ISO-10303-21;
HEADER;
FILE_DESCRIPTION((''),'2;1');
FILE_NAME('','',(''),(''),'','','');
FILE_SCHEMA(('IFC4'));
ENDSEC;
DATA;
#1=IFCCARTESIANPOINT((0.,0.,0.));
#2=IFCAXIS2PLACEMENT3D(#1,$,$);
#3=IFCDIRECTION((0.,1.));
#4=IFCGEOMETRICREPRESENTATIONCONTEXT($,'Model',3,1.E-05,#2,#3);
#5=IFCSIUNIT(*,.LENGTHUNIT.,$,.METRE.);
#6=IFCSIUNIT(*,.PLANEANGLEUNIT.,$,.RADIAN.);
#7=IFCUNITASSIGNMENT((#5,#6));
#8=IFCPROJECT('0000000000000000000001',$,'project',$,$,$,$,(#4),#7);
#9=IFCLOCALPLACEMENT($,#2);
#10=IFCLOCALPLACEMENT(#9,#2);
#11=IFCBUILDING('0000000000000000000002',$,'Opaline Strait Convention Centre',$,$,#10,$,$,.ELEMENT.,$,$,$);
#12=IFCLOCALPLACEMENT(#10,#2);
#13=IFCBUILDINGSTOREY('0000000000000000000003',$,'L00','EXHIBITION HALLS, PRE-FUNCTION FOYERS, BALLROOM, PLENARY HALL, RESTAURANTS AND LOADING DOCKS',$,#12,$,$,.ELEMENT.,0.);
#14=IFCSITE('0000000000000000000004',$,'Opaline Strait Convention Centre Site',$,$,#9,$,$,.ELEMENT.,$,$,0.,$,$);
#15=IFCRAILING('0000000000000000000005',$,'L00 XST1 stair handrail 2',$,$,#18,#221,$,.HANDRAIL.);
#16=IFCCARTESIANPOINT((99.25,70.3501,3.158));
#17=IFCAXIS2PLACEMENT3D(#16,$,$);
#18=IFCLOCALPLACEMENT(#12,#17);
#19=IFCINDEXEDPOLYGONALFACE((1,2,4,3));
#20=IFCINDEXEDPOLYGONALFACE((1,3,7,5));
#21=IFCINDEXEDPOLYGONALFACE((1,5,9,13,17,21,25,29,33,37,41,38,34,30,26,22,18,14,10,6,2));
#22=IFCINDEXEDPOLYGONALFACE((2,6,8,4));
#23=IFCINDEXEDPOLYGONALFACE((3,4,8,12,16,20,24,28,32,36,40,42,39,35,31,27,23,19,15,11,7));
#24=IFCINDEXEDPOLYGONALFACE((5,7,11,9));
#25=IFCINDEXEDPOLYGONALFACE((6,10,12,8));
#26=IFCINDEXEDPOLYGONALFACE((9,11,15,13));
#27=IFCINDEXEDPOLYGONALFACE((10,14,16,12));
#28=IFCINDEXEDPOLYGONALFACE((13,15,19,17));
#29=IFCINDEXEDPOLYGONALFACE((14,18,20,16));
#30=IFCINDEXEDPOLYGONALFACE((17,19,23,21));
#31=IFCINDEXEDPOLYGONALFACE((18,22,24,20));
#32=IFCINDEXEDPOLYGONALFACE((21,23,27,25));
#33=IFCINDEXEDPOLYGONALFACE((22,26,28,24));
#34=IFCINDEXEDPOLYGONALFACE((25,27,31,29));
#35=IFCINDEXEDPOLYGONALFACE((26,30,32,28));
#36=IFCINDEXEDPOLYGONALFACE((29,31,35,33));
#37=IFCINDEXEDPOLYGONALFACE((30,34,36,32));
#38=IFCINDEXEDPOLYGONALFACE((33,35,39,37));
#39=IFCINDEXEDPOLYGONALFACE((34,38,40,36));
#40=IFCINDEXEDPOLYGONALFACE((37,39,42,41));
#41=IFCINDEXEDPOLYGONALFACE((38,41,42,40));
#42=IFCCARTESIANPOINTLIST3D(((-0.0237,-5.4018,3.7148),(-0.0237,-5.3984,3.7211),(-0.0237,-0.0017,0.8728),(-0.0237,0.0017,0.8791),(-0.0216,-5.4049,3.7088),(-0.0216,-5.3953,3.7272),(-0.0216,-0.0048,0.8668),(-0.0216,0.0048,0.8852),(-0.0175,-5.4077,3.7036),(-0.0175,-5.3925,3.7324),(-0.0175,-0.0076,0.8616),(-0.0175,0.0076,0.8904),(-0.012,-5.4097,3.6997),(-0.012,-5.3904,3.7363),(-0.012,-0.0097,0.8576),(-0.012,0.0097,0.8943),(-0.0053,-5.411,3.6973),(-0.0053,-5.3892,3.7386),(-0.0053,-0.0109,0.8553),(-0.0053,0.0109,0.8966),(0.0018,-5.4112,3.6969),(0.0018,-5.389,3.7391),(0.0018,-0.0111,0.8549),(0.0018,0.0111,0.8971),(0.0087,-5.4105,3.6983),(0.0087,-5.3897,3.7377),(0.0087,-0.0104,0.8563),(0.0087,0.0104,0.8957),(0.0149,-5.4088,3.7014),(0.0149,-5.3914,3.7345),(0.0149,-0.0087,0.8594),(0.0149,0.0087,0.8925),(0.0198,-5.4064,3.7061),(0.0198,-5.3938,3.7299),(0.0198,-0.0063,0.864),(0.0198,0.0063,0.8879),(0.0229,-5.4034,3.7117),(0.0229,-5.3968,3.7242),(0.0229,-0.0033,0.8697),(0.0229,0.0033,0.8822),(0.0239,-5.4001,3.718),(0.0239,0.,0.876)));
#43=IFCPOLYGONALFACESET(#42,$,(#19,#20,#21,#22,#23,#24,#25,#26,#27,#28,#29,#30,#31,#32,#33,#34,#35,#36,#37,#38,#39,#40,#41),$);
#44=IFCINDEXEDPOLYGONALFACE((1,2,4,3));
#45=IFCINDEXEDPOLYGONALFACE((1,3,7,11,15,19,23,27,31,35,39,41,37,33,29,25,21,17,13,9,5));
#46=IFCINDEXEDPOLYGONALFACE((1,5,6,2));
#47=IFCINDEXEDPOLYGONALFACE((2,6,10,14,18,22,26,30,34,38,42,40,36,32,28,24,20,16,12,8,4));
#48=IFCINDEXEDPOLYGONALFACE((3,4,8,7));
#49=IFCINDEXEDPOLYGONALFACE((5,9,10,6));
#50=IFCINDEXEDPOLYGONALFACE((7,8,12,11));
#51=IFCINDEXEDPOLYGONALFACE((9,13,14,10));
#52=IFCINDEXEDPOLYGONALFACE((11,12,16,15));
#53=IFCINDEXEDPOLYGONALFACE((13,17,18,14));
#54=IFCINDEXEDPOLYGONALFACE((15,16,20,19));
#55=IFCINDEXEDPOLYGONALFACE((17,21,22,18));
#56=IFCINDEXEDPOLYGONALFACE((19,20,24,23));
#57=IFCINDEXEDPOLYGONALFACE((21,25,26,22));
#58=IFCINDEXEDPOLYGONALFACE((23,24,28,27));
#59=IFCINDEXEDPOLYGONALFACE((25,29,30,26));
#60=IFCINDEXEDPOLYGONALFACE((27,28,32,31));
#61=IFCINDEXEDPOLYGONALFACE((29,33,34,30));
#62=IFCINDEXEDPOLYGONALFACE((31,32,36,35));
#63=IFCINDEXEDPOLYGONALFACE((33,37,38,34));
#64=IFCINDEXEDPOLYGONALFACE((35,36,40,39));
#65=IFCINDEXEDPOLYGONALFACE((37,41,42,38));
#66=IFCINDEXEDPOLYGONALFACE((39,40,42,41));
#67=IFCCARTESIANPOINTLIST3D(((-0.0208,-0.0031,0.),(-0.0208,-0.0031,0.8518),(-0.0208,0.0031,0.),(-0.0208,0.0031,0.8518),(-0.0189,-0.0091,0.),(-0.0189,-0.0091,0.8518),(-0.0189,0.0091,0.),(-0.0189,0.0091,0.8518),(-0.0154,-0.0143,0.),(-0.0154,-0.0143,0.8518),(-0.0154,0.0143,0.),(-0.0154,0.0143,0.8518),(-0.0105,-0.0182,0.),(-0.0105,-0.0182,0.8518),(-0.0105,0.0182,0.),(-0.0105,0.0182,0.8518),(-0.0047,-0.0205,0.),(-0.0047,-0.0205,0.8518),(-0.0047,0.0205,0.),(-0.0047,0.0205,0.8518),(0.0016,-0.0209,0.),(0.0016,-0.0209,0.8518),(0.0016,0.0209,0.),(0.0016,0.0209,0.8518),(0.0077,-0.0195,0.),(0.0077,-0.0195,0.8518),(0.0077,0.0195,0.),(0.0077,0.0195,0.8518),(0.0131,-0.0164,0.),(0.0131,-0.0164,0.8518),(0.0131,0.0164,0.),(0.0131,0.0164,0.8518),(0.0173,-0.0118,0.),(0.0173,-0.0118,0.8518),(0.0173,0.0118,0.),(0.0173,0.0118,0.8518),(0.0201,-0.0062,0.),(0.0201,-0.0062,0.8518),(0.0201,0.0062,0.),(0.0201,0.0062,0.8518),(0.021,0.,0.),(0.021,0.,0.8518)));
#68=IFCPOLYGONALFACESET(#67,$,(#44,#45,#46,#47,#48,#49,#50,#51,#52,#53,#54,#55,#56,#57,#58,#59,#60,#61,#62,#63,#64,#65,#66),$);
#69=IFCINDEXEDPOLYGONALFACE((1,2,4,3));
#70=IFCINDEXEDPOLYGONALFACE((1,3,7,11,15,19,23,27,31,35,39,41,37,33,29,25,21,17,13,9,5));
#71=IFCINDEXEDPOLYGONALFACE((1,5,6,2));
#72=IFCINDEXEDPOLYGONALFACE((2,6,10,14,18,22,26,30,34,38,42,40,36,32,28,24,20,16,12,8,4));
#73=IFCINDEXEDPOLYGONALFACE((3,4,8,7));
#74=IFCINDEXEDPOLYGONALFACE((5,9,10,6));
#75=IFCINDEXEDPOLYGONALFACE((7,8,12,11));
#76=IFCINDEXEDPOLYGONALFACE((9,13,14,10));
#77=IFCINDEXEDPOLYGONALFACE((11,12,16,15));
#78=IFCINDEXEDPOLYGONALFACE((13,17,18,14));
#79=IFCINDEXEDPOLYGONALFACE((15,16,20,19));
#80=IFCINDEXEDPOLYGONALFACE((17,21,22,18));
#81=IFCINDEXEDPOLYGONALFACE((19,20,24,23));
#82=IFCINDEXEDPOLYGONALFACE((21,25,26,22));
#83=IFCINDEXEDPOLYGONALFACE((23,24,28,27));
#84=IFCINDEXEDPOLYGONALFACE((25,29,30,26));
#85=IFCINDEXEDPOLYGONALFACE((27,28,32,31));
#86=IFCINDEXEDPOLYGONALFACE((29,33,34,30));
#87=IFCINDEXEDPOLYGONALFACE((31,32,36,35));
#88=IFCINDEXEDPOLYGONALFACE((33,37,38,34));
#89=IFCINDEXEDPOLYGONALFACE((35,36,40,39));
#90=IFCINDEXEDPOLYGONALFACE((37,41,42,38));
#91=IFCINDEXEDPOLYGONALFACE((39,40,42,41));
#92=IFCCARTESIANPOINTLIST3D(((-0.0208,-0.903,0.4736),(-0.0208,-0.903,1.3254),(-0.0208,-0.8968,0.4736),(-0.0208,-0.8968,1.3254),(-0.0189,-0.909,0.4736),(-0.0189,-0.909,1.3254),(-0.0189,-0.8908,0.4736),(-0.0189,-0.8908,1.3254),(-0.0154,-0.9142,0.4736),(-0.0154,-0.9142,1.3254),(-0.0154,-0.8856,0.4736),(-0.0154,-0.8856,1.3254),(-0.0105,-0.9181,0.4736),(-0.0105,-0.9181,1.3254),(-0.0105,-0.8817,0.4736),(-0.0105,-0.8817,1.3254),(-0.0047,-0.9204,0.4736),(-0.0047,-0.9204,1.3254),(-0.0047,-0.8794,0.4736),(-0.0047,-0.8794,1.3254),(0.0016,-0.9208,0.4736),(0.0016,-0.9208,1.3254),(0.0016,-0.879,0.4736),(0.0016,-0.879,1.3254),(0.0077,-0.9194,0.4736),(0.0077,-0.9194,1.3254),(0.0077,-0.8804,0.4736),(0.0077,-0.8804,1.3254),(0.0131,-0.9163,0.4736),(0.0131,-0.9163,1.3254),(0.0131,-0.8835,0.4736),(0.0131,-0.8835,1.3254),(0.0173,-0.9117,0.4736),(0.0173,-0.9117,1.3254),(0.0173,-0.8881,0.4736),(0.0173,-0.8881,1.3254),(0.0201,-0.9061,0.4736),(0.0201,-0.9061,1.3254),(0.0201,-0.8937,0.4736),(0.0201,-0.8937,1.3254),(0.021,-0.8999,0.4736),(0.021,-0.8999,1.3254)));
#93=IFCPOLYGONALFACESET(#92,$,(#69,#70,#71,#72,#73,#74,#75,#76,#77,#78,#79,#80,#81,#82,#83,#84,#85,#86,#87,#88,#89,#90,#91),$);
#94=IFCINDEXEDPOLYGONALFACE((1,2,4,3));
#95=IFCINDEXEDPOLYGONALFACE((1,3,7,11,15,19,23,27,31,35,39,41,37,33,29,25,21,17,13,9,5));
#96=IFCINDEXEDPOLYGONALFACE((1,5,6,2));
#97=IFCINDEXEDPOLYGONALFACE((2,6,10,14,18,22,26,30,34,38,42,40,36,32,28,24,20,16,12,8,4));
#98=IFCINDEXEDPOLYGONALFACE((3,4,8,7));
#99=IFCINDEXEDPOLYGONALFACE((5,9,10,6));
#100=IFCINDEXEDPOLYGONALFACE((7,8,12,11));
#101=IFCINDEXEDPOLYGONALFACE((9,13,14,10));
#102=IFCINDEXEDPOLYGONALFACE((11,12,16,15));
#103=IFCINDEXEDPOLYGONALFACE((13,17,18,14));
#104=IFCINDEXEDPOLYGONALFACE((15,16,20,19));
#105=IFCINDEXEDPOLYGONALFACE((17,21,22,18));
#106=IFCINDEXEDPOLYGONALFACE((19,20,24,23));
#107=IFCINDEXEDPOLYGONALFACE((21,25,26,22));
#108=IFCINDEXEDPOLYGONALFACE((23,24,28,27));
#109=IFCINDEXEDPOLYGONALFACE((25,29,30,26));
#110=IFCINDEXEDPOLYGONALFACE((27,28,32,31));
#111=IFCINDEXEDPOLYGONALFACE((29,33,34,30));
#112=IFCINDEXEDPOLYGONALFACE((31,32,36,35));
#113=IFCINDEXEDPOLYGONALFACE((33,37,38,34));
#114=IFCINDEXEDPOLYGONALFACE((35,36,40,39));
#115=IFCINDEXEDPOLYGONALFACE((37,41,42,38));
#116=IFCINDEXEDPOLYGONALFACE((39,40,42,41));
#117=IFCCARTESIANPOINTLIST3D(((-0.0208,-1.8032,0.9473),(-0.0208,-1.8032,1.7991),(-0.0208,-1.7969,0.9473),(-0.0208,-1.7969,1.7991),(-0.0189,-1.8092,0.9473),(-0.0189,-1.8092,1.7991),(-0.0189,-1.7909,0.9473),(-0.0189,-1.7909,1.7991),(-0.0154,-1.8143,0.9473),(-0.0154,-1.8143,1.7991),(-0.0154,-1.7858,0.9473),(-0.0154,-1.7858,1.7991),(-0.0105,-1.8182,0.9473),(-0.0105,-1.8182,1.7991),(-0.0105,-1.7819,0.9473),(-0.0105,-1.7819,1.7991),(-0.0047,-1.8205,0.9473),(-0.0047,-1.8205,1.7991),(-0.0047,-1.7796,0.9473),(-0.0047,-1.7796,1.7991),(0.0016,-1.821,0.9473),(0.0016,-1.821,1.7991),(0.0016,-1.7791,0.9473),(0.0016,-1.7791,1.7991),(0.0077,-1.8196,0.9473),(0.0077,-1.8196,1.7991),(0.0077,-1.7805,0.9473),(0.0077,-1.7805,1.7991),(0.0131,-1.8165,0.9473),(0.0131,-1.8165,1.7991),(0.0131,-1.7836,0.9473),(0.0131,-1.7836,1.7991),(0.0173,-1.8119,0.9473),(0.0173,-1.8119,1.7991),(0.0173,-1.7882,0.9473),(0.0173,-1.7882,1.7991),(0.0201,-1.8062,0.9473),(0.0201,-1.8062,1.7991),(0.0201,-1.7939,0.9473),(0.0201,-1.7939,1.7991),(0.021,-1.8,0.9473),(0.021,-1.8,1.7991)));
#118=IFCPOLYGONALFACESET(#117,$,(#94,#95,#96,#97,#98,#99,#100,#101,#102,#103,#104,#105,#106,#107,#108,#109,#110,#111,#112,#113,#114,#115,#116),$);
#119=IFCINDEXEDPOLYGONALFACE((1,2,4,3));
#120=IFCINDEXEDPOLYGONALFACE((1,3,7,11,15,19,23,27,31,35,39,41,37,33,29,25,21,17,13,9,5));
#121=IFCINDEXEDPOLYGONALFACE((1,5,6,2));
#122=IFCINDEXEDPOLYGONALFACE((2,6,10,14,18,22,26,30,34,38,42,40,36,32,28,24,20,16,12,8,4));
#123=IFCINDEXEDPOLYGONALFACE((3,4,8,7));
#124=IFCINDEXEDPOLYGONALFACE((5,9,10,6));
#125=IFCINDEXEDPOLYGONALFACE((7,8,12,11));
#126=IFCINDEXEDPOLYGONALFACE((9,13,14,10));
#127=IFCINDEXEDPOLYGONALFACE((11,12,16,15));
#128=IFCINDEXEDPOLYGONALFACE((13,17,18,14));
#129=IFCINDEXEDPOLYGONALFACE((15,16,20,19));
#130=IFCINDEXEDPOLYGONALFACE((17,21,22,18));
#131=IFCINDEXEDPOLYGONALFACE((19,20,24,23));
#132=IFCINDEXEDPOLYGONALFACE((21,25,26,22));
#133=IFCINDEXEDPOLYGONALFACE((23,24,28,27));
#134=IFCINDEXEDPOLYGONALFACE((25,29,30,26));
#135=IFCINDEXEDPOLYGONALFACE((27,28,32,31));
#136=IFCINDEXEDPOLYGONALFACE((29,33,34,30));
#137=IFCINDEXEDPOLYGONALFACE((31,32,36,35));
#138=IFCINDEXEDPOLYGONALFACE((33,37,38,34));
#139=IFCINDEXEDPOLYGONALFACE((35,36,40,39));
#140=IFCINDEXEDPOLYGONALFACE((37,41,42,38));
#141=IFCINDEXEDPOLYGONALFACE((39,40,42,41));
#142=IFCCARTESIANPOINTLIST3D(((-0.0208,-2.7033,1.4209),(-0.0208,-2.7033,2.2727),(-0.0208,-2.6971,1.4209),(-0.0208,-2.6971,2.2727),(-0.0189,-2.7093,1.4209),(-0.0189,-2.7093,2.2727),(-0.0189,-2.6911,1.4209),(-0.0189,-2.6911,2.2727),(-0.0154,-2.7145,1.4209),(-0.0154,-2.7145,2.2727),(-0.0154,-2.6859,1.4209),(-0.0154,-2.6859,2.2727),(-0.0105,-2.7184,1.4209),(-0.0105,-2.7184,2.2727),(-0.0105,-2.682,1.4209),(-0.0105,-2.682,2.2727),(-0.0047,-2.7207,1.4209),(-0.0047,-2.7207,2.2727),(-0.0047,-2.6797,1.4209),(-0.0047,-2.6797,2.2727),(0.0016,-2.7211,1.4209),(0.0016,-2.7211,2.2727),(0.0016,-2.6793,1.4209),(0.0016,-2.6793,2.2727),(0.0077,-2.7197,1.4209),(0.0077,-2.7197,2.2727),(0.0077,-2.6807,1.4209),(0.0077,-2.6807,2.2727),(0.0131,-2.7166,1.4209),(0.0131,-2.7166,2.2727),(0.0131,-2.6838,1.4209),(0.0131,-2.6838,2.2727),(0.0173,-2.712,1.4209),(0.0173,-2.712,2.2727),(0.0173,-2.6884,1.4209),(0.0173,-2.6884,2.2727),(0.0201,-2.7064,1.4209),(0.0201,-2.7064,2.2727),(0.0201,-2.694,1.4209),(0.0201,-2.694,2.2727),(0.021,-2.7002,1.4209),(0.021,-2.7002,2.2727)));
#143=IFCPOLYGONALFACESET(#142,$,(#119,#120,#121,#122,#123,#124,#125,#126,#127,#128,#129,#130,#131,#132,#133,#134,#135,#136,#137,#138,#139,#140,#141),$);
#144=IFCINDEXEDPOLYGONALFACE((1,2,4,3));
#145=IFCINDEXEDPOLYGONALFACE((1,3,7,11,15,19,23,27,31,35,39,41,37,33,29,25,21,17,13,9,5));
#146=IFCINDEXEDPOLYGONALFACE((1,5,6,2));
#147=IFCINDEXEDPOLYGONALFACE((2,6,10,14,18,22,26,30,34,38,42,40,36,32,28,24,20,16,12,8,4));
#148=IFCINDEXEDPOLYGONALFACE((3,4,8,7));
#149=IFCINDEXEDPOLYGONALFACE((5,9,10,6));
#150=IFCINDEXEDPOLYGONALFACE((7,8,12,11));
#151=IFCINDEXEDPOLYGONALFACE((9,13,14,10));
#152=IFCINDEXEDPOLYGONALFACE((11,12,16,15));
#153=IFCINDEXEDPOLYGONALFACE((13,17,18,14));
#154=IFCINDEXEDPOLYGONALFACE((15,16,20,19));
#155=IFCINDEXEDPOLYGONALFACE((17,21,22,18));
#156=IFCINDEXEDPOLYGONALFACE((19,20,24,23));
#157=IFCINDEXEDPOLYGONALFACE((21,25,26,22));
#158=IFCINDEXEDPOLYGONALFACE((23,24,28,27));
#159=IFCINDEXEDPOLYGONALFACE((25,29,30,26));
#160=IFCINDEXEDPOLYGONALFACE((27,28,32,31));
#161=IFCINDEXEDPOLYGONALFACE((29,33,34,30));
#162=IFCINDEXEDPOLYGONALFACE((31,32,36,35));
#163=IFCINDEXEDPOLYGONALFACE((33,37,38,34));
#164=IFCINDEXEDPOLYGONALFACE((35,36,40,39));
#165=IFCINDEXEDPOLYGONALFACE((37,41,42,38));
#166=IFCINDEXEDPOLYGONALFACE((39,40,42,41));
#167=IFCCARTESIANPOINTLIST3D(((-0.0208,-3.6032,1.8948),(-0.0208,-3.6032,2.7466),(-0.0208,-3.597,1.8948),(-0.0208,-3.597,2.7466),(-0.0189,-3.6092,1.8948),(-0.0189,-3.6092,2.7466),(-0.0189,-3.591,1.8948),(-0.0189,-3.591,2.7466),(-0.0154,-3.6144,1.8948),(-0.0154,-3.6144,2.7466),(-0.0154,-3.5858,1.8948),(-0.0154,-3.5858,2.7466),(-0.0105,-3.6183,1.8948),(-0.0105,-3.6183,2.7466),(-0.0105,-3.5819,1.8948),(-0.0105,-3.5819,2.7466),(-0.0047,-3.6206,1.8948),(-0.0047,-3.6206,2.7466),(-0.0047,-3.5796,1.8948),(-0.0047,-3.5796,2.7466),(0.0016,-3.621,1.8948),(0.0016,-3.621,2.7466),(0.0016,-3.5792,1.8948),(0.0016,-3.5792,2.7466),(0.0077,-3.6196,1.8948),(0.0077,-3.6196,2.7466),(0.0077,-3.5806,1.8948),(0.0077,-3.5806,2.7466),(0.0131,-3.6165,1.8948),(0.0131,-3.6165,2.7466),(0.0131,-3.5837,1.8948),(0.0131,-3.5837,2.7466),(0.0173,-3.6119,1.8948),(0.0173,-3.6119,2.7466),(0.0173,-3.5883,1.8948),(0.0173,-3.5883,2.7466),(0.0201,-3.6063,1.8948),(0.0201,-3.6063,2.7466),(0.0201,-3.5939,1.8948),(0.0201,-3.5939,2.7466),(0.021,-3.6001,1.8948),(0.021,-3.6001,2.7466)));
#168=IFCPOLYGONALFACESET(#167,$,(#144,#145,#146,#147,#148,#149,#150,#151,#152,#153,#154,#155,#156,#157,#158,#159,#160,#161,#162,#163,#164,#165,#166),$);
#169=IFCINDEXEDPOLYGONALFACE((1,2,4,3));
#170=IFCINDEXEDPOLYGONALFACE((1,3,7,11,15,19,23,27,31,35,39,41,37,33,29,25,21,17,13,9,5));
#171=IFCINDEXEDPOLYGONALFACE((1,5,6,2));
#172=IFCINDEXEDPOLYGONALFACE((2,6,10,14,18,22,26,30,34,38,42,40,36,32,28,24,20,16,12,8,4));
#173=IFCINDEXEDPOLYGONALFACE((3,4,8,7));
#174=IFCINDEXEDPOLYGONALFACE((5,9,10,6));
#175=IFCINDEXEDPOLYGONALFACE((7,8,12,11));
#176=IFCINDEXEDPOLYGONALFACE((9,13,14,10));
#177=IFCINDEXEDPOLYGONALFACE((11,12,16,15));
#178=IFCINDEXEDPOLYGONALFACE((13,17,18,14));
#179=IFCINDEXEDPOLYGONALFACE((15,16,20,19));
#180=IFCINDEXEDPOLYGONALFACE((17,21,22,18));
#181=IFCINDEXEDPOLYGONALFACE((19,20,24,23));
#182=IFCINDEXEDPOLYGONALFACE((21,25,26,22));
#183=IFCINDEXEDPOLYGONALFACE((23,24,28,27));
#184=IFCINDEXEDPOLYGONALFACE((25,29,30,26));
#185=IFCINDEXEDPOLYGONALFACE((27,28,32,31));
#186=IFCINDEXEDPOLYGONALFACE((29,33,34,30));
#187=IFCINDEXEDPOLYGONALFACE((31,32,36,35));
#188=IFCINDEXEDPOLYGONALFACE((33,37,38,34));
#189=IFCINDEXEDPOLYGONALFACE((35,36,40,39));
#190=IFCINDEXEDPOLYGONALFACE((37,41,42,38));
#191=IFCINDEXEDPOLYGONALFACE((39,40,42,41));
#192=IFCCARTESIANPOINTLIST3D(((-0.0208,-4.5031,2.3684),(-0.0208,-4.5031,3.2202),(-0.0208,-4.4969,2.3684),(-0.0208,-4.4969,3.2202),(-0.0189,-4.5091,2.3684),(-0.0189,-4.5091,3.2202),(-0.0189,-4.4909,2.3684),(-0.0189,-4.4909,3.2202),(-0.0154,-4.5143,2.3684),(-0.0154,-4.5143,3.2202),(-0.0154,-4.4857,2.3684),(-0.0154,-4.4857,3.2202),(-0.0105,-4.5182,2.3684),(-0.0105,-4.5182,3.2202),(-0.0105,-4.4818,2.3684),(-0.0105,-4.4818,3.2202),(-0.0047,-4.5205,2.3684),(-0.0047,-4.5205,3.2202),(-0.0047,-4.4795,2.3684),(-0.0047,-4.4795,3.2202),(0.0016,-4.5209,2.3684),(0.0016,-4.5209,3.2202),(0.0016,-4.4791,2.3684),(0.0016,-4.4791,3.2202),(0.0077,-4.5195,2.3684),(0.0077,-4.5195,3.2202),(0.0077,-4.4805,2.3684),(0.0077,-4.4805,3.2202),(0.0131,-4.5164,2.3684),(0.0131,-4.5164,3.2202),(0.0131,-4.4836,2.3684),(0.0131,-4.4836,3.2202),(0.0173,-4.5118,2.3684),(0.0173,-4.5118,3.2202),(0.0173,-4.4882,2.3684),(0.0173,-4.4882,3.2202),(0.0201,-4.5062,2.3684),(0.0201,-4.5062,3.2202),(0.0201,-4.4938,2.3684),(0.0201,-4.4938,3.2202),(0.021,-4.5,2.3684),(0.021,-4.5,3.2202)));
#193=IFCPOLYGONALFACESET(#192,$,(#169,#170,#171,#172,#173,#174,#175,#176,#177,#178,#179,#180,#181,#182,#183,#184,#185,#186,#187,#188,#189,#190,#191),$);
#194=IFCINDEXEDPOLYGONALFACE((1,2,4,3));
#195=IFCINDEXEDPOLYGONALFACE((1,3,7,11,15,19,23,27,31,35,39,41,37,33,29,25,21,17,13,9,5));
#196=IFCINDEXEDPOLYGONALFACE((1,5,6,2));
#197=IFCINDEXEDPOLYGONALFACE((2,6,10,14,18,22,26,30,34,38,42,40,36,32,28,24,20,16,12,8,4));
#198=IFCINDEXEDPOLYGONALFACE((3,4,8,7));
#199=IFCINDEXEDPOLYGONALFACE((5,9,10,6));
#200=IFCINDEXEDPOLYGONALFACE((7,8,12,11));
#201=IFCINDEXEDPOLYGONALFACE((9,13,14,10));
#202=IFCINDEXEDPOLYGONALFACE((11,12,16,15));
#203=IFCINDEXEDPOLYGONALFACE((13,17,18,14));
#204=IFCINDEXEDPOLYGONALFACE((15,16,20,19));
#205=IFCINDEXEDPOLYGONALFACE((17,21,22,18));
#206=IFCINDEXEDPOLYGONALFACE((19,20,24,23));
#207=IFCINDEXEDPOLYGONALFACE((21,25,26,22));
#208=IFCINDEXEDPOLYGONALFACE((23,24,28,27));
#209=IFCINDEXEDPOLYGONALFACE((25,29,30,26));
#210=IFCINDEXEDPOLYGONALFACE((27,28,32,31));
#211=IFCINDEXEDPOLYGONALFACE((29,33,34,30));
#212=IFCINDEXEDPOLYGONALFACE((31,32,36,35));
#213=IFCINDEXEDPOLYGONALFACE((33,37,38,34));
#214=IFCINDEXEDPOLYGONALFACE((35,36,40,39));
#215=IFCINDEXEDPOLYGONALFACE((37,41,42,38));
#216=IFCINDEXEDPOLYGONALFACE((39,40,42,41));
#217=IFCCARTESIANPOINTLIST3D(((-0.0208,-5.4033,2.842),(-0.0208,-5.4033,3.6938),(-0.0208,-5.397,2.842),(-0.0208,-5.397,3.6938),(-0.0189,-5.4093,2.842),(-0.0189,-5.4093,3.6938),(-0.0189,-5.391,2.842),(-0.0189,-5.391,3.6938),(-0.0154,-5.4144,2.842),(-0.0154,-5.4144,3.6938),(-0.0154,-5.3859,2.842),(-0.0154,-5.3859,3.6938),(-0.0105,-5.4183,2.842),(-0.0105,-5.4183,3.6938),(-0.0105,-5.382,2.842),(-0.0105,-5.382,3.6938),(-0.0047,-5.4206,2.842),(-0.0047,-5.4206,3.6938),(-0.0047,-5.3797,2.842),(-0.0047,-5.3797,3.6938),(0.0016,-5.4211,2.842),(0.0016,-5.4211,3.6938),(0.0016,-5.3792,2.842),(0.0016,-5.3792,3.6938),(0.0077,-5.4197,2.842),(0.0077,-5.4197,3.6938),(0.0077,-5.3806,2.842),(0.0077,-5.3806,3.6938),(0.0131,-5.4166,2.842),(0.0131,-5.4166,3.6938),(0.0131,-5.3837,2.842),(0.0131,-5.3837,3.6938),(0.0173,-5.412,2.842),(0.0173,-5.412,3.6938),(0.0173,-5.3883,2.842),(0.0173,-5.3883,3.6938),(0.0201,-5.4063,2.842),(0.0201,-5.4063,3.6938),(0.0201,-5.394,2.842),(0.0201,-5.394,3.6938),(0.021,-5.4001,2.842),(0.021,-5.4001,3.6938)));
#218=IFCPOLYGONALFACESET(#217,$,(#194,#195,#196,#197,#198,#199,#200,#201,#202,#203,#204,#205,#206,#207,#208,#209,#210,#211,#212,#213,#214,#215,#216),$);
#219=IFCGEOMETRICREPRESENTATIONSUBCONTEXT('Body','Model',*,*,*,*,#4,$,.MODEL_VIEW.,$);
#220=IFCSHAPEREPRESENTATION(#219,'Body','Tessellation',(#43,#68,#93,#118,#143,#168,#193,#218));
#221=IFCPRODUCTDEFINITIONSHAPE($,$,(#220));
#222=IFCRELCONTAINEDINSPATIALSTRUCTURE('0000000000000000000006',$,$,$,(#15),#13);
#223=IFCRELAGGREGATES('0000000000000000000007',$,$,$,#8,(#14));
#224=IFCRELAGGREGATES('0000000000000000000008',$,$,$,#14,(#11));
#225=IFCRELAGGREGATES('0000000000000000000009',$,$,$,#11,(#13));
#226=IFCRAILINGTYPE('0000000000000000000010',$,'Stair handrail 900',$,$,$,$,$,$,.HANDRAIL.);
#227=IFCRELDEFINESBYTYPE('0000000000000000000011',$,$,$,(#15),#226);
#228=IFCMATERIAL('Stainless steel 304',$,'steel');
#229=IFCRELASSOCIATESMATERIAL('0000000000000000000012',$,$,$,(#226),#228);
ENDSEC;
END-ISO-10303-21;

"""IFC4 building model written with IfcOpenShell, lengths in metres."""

from ifc_helpers import new_model, si_unit, direction, frame, origin, origin_2d, place, context, subcontext, project, spatial, circle, extrude, material, type_object, element, save


model = new_model("IFC4")

# Units and contexts
model_context = context("Model", 3, precision=1e-05, world=origin(), true_north=direction((0.0, 1.0)))
body_context = subcontext(model_context, "Body", "Model", "MODEL_VIEW")
ifc_project = project(units=[si_unit("LENGTHUNIT", "METRE"), si_unit("PLANEANGLEUNIT", "RADIAN")], contexts=[model_context])

# Site, building, storey
site_placement = place(None, origin())
site = spatial("IfcSite", under=ifc_project, at=site_placement, Name="Opaline Strait Convention Centre Site", CompositionType="ELEMENT", RefElevation=0.0)
building_placement = place(site_placement, origin())
building = spatial("IfcBuilding", under=site, at=building_placement, Name="Opaline Strait Convention Centre", CompositionType="ELEMENT")
storey_placement = place(building_placement, origin())
storey = spatial("IfcBuildingStorey", under=building, at=storey_placement, Name="L00", Description="EXHIBITION HALLS, PRE-FUNCTION FOYERS, BALLROOM, PLENARY HALL, RESTAURANTS AND LOADING DOCKS", CompositionType="ELEMENT", Elevation=0.0)

# Railing
ifc_material_1 = material(Name="Stainless steel 304", Category="steel")
railing_type_1 = type_object("IfcRailingType", Name="Stair handrail 900", PredefinedType="HANDRAIL", material=ifc_material_1)
railing_1_placement = place(storey_placement, frame((99.25, 70.3501, 3.158)))
element("IfcRailing", 1, at=railing_1_placement, inside=storey, type_object=railing_type_1, Name="L00 XST1 stair handrail 2", PredefinedType="HANDRAIL", context=body_context, shape_type="SweptSolid", body=[
    extrude(circle(Radius=0.0239, at=origin_2d()), frame((0.0, 0.0, 0.876), z_axis=(0.0, -0.884928, 0.465728), x_axis=(1.0, 0.0, 0.0)), (0.0, 0.0, 1.0), 6.1023),
    extrude(circle(Radius=0.021, at=origin_2d()), origin(), (0.0, 0.0, 1.0), 0.8518),
    extrude(circle(Radius=0.021, at=origin_2d()), frame((0.0, -0.8999, 0.4736)), (0.0, 0.0, 1.0), 0.8518),
    extrude(circle(Radius=0.021, at=origin_2d()), frame((0.0, -1.8, 0.9473)), (0.0, 0.0, 1.0), 0.8518),
    extrude(circle(Radius=0.021, at=origin_2d()), frame((0.0, -2.7002, 1.4209)), (0.0, 0.0, 1.0), 0.8518),
    extrude(circle(Radius=0.021, at=origin_2d()), frame((0.0, -3.6001, 1.8948)), (0.0, 0.0, 1.0), 0.8518),
    extrude(circle(Radius=0.021, at=origin_2d()), frame((0.0, -4.5, 2.3684)), (0.0, 0.0, 1.0), 0.8518),
    extrude(circle(Radius=0.021, at=origin_2d()), frame((0.0, -5.4001, 2.842)), (0.0, 0.0, 1.0), 0.8518),
])

save(model, "model.ifc")
